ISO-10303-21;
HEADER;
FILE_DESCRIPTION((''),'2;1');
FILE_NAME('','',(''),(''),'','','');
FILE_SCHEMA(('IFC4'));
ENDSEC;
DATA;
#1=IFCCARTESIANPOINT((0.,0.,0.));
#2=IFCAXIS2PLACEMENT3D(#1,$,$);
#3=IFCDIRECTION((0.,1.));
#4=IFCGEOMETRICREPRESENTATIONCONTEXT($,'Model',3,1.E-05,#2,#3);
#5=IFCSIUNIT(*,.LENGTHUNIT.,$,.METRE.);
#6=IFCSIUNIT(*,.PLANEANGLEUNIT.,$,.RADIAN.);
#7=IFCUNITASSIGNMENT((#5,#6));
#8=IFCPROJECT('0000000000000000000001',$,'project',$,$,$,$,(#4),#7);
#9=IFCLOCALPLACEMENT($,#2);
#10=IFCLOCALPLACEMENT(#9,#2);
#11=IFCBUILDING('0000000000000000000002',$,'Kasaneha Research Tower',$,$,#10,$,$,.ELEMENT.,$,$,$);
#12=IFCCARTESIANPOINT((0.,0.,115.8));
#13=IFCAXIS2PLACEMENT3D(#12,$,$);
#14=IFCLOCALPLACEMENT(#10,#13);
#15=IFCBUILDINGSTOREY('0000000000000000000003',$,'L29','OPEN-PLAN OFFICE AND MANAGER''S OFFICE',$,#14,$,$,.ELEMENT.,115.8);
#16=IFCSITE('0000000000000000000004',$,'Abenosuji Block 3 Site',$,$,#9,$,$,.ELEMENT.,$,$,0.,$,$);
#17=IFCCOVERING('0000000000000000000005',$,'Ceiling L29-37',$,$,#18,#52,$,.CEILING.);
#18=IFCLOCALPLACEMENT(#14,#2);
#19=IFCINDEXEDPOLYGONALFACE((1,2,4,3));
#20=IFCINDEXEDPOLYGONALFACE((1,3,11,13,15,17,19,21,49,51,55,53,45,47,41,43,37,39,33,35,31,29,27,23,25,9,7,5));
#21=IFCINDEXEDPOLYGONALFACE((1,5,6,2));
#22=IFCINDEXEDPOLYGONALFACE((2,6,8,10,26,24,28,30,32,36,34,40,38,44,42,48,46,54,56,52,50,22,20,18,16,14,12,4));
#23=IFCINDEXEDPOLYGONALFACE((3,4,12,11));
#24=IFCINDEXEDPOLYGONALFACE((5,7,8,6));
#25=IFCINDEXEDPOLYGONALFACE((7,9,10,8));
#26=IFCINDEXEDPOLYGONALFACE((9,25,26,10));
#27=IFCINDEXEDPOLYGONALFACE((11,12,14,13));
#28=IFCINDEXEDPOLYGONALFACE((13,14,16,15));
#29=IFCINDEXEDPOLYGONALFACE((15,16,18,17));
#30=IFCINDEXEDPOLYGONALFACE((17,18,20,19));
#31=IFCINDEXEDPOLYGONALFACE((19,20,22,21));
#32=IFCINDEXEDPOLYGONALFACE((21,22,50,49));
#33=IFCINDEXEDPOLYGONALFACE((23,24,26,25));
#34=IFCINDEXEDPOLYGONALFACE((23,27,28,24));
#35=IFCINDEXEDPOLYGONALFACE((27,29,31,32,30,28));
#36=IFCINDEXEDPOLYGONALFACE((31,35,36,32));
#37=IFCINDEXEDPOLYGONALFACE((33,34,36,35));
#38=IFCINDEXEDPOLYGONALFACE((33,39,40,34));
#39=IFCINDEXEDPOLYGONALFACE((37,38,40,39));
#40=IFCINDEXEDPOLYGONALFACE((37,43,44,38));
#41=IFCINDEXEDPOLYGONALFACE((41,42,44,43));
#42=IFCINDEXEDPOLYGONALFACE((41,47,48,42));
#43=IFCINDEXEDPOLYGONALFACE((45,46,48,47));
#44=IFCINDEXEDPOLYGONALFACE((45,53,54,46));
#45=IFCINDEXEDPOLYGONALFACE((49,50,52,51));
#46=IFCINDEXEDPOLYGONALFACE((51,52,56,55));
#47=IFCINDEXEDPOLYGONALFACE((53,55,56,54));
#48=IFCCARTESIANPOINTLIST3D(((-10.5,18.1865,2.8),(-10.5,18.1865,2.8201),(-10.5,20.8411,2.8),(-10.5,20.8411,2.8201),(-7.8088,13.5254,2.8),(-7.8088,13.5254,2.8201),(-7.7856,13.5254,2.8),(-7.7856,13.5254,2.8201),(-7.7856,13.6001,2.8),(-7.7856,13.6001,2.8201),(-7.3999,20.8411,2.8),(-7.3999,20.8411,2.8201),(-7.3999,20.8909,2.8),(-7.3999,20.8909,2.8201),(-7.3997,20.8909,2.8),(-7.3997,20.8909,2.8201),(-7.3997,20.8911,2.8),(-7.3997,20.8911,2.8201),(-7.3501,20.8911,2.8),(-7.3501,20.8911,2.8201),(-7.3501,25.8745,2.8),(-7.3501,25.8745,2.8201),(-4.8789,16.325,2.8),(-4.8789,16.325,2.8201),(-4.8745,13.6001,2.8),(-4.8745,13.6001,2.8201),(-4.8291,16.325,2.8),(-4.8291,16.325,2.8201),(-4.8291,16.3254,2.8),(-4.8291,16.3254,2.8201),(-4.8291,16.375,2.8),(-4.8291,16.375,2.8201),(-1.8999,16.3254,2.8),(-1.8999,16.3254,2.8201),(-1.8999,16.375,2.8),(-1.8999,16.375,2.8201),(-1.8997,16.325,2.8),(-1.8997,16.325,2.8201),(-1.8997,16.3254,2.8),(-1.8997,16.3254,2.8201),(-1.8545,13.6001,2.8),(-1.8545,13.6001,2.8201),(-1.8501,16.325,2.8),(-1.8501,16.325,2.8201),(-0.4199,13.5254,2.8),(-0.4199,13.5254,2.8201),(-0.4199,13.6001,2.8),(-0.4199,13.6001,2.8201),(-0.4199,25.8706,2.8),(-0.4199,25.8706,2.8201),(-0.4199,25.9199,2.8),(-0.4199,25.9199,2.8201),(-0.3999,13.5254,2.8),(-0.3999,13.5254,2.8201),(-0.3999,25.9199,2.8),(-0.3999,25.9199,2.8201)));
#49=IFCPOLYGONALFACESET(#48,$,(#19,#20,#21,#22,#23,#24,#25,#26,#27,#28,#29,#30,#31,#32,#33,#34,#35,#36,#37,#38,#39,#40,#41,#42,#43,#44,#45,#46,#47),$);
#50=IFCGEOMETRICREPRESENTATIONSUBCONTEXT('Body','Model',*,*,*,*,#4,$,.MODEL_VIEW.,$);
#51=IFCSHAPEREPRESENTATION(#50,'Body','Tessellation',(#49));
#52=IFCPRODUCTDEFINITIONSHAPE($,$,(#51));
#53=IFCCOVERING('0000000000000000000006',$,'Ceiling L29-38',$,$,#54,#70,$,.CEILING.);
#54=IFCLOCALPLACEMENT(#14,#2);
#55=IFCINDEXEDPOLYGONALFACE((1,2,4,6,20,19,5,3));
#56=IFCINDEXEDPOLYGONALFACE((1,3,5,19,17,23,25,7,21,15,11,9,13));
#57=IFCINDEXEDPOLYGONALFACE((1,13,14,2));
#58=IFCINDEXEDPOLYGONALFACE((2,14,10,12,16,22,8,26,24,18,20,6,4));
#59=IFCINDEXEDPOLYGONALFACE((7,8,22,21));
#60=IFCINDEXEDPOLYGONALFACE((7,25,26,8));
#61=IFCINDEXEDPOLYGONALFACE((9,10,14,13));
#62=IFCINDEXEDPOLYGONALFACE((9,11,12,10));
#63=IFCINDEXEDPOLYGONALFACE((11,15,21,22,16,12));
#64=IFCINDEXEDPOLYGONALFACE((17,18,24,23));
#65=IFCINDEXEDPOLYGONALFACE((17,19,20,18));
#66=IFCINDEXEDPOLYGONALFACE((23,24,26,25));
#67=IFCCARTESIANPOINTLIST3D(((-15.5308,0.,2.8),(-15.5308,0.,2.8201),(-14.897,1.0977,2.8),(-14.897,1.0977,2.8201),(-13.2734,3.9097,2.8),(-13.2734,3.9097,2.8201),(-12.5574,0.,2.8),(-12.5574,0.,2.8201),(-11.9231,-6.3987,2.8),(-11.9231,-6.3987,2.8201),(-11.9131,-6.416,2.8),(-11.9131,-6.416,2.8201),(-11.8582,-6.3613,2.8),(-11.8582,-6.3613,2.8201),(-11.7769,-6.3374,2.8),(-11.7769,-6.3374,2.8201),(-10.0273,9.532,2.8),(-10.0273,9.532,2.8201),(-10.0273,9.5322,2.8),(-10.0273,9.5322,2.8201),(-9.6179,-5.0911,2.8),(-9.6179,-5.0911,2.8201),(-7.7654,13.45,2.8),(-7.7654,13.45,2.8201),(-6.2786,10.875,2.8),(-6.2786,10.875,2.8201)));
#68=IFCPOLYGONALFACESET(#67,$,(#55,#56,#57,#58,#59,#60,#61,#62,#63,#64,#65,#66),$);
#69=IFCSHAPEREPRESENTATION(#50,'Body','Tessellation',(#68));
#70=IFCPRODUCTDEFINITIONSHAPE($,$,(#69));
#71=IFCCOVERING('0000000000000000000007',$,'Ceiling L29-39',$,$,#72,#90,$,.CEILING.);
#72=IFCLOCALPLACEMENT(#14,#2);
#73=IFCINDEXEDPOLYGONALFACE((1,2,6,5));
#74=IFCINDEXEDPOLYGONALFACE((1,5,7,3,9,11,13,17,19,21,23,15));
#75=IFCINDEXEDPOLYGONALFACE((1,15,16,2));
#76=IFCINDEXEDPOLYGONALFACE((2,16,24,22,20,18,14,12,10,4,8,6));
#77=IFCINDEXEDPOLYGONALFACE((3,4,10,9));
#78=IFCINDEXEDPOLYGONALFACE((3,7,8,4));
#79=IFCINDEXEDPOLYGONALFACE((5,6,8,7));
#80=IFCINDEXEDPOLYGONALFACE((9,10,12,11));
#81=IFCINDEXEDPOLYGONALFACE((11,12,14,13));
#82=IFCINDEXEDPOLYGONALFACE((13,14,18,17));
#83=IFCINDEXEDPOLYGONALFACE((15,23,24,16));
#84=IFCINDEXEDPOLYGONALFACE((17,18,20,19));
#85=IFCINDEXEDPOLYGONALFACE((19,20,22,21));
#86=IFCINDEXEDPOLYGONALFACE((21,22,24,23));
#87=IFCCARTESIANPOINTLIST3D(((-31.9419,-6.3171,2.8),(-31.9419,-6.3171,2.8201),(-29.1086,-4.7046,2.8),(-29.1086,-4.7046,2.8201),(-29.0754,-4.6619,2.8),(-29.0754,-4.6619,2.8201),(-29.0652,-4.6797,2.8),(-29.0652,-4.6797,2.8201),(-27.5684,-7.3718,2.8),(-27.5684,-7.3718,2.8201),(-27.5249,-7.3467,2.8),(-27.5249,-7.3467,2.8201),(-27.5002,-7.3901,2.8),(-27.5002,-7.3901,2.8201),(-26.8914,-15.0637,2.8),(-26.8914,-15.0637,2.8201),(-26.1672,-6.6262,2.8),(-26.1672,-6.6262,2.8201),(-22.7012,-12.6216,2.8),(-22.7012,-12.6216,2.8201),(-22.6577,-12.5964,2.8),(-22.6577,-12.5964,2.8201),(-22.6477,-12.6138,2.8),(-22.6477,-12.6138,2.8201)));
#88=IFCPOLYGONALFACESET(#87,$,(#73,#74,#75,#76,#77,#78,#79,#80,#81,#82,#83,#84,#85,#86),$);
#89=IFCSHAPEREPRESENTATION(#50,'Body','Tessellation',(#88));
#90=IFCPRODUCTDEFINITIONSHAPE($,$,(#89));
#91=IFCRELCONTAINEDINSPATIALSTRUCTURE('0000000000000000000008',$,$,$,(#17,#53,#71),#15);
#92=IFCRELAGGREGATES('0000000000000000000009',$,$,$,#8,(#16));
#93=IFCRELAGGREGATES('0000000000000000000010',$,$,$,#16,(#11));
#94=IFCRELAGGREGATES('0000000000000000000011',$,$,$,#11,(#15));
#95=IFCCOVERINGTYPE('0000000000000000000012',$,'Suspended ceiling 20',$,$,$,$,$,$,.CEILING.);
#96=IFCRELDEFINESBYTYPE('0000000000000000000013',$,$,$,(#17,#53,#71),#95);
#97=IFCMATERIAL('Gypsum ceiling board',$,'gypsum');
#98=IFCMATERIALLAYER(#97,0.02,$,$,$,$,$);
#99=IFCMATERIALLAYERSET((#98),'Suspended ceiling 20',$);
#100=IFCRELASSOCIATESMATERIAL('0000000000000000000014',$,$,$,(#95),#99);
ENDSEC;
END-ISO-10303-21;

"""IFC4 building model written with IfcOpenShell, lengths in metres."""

from ifc_helpers import new_model, si_unit, direction, frame, origin, place, context, subcontext, project, spatial, polyline, outline, extrude, material, layer, layer_set, type_object, element, save


model = new_model("IFC4")

# Units and contexts
model_context = context("Model", 3, precision=1e-05, world=origin(), true_north=direction((0.0, 1.0)))
body_context = subcontext(model_context, "Body", "Model", "MODEL_VIEW")
ifc_project = project(units=[si_unit("LENGTHUNIT", "METRE"), si_unit("PLANEANGLEUNIT", "RADIAN")], contexts=[model_context])

# Site, building, storey
site_placement = place(None, origin())
site = spatial("IfcSite", under=ifc_project, at=site_placement, Name="Abenosuji Block 3 Site", CompositionType="ELEMENT", RefElevation=0.0)
building_placement = place(site_placement, origin())
building = spatial("IfcBuilding", under=site, at=building_placement, Name="Kasaneha Research Tower", CompositionType="ELEMENT")
storey_placement = place(building_placement, frame((0.0, 0.0, 115.8)))
storey = spatial("IfcBuildingStorey", under=building, at=storey_placement, Name="L29", Description="OPEN-PLAN OFFICE AND MANAGER'S OFFICE", CompositionType="ELEMENT", Elevation=115.8)

# Coverings
ifc_material_1 = material(Name="Gypsum ceiling board", Category="gypsum")
ifc_layer_1 = layer(ifc_material_1, 0.02)
ifc_layer_set_1 = layer_set([ifc_layer_1], Name="Suspended ceiling 20")
covering_type = type_object("IfcCoveringType", Name="Suspended ceiling 20", PredefinedType="CEILING", material=ifc_layer_set_1)
covering_1_placement = place(storey_placement, frame((0.0, 0.0, 2.8)))
element("IfcCovering", 1, at=covering_1_placement, inside=storey, type_object=covering_type, Name="Ceiling L29-37", PredefinedType="CEILING", context=body_context, shape_type="SweptSolid", body=[
    extrude(outline(polyline([(-1.8999, 16.3254), (-1.8999, 16.375), (-4.8291, 16.375), (-4.8291, 16.3254), (-4.8291, 16.325), (-4.8789, 16.325), (-4.8745, 13.6001), (-7.7856, 13.6001), (-7.7856, 13.5254), (-7.8088, 13.5254), (-10.5, 18.1865), (-10.5, 20.8411), (-7.3999, 20.8411), (-7.3999, 20.8909), (-7.3997, 20.8909), (-7.3997, 20.8911), (-7.3501, 20.8911), (-7.3501, 25.8745), (-0.4199, 25.8706), (-0.4199, 25.9199), (-0.3999, 25.9199), (-0.3999, 13.5254), (-0.4199, 13.5254), (-0.4199, 13.6001), (-1.8545, 13.6001), (-1.8501, 16.325), (-1.8997, 16.325), (-1.8997, 16.3254), (-1.8999, 16.3254)])), origin(), (0.0, 0.0, 1.0), 0.02),
])
covering_2_placement = place(storey_placement, frame((0.0, 0.0, 2.8)))
element("IfcCovering", 2, at=covering_2_placement, inside=storey, type_object=covering_type, Name="Ceiling L29-38", PredefinedType="CEILING", context=body_context, shape_type="SweptSolid", body=[
    extrude(outline(polyline([(-12.5574, 0.0), (-9.6179, -5.0911), (-11.7769, -6.3374), (-11.9131, -6.416), (-11.9231, -6.3987), (-11.8582, -6.3613), (-15.5308, 0.0), (-14.897, 1.0977), (-14.897, 1.0977), (-13.2734, 3.9097), (-13.2734, 3.9097), (-10.0273, 9.5322), (-10.0273, 9.532), (-7.7654, 13.45), (-6.2786, 10.875), (-12.5574, 0.0)])), origin(), (0.0, 0.0, 1.0), 0.02),
])
covering_3_placement = place(storey_placement, frame((0.0, 0.0, 2.8)))
element("IfcCovering", 3, at=covering_3_placement, inside=storey, type_object=covering_type, Name="Ceiling L29-39", PredefinedType="CEILING", context=body_context, shape_type="SweptSolid", body=[
    extrude(outline(polyline([(-29.0754, -4.6619), (-29.0652, -4.6797), (-29.1086, -4.7046), (-27.5684, -7.3718), (-27.5249, -7.3467), (-27.5002, -7.3901), (-26.1672, -6.6262), (-22.7012, -12.6216), (-22.6577, -12.5964), (-22.6477, -12.6138), (-26.8914, -15.0637), (-31.9419, -6.3171), (-29.0754, -4.6619)])), origin(), (0.0, 0.0, 1.0), 0.02),
])

save(model, "model.ifc")
